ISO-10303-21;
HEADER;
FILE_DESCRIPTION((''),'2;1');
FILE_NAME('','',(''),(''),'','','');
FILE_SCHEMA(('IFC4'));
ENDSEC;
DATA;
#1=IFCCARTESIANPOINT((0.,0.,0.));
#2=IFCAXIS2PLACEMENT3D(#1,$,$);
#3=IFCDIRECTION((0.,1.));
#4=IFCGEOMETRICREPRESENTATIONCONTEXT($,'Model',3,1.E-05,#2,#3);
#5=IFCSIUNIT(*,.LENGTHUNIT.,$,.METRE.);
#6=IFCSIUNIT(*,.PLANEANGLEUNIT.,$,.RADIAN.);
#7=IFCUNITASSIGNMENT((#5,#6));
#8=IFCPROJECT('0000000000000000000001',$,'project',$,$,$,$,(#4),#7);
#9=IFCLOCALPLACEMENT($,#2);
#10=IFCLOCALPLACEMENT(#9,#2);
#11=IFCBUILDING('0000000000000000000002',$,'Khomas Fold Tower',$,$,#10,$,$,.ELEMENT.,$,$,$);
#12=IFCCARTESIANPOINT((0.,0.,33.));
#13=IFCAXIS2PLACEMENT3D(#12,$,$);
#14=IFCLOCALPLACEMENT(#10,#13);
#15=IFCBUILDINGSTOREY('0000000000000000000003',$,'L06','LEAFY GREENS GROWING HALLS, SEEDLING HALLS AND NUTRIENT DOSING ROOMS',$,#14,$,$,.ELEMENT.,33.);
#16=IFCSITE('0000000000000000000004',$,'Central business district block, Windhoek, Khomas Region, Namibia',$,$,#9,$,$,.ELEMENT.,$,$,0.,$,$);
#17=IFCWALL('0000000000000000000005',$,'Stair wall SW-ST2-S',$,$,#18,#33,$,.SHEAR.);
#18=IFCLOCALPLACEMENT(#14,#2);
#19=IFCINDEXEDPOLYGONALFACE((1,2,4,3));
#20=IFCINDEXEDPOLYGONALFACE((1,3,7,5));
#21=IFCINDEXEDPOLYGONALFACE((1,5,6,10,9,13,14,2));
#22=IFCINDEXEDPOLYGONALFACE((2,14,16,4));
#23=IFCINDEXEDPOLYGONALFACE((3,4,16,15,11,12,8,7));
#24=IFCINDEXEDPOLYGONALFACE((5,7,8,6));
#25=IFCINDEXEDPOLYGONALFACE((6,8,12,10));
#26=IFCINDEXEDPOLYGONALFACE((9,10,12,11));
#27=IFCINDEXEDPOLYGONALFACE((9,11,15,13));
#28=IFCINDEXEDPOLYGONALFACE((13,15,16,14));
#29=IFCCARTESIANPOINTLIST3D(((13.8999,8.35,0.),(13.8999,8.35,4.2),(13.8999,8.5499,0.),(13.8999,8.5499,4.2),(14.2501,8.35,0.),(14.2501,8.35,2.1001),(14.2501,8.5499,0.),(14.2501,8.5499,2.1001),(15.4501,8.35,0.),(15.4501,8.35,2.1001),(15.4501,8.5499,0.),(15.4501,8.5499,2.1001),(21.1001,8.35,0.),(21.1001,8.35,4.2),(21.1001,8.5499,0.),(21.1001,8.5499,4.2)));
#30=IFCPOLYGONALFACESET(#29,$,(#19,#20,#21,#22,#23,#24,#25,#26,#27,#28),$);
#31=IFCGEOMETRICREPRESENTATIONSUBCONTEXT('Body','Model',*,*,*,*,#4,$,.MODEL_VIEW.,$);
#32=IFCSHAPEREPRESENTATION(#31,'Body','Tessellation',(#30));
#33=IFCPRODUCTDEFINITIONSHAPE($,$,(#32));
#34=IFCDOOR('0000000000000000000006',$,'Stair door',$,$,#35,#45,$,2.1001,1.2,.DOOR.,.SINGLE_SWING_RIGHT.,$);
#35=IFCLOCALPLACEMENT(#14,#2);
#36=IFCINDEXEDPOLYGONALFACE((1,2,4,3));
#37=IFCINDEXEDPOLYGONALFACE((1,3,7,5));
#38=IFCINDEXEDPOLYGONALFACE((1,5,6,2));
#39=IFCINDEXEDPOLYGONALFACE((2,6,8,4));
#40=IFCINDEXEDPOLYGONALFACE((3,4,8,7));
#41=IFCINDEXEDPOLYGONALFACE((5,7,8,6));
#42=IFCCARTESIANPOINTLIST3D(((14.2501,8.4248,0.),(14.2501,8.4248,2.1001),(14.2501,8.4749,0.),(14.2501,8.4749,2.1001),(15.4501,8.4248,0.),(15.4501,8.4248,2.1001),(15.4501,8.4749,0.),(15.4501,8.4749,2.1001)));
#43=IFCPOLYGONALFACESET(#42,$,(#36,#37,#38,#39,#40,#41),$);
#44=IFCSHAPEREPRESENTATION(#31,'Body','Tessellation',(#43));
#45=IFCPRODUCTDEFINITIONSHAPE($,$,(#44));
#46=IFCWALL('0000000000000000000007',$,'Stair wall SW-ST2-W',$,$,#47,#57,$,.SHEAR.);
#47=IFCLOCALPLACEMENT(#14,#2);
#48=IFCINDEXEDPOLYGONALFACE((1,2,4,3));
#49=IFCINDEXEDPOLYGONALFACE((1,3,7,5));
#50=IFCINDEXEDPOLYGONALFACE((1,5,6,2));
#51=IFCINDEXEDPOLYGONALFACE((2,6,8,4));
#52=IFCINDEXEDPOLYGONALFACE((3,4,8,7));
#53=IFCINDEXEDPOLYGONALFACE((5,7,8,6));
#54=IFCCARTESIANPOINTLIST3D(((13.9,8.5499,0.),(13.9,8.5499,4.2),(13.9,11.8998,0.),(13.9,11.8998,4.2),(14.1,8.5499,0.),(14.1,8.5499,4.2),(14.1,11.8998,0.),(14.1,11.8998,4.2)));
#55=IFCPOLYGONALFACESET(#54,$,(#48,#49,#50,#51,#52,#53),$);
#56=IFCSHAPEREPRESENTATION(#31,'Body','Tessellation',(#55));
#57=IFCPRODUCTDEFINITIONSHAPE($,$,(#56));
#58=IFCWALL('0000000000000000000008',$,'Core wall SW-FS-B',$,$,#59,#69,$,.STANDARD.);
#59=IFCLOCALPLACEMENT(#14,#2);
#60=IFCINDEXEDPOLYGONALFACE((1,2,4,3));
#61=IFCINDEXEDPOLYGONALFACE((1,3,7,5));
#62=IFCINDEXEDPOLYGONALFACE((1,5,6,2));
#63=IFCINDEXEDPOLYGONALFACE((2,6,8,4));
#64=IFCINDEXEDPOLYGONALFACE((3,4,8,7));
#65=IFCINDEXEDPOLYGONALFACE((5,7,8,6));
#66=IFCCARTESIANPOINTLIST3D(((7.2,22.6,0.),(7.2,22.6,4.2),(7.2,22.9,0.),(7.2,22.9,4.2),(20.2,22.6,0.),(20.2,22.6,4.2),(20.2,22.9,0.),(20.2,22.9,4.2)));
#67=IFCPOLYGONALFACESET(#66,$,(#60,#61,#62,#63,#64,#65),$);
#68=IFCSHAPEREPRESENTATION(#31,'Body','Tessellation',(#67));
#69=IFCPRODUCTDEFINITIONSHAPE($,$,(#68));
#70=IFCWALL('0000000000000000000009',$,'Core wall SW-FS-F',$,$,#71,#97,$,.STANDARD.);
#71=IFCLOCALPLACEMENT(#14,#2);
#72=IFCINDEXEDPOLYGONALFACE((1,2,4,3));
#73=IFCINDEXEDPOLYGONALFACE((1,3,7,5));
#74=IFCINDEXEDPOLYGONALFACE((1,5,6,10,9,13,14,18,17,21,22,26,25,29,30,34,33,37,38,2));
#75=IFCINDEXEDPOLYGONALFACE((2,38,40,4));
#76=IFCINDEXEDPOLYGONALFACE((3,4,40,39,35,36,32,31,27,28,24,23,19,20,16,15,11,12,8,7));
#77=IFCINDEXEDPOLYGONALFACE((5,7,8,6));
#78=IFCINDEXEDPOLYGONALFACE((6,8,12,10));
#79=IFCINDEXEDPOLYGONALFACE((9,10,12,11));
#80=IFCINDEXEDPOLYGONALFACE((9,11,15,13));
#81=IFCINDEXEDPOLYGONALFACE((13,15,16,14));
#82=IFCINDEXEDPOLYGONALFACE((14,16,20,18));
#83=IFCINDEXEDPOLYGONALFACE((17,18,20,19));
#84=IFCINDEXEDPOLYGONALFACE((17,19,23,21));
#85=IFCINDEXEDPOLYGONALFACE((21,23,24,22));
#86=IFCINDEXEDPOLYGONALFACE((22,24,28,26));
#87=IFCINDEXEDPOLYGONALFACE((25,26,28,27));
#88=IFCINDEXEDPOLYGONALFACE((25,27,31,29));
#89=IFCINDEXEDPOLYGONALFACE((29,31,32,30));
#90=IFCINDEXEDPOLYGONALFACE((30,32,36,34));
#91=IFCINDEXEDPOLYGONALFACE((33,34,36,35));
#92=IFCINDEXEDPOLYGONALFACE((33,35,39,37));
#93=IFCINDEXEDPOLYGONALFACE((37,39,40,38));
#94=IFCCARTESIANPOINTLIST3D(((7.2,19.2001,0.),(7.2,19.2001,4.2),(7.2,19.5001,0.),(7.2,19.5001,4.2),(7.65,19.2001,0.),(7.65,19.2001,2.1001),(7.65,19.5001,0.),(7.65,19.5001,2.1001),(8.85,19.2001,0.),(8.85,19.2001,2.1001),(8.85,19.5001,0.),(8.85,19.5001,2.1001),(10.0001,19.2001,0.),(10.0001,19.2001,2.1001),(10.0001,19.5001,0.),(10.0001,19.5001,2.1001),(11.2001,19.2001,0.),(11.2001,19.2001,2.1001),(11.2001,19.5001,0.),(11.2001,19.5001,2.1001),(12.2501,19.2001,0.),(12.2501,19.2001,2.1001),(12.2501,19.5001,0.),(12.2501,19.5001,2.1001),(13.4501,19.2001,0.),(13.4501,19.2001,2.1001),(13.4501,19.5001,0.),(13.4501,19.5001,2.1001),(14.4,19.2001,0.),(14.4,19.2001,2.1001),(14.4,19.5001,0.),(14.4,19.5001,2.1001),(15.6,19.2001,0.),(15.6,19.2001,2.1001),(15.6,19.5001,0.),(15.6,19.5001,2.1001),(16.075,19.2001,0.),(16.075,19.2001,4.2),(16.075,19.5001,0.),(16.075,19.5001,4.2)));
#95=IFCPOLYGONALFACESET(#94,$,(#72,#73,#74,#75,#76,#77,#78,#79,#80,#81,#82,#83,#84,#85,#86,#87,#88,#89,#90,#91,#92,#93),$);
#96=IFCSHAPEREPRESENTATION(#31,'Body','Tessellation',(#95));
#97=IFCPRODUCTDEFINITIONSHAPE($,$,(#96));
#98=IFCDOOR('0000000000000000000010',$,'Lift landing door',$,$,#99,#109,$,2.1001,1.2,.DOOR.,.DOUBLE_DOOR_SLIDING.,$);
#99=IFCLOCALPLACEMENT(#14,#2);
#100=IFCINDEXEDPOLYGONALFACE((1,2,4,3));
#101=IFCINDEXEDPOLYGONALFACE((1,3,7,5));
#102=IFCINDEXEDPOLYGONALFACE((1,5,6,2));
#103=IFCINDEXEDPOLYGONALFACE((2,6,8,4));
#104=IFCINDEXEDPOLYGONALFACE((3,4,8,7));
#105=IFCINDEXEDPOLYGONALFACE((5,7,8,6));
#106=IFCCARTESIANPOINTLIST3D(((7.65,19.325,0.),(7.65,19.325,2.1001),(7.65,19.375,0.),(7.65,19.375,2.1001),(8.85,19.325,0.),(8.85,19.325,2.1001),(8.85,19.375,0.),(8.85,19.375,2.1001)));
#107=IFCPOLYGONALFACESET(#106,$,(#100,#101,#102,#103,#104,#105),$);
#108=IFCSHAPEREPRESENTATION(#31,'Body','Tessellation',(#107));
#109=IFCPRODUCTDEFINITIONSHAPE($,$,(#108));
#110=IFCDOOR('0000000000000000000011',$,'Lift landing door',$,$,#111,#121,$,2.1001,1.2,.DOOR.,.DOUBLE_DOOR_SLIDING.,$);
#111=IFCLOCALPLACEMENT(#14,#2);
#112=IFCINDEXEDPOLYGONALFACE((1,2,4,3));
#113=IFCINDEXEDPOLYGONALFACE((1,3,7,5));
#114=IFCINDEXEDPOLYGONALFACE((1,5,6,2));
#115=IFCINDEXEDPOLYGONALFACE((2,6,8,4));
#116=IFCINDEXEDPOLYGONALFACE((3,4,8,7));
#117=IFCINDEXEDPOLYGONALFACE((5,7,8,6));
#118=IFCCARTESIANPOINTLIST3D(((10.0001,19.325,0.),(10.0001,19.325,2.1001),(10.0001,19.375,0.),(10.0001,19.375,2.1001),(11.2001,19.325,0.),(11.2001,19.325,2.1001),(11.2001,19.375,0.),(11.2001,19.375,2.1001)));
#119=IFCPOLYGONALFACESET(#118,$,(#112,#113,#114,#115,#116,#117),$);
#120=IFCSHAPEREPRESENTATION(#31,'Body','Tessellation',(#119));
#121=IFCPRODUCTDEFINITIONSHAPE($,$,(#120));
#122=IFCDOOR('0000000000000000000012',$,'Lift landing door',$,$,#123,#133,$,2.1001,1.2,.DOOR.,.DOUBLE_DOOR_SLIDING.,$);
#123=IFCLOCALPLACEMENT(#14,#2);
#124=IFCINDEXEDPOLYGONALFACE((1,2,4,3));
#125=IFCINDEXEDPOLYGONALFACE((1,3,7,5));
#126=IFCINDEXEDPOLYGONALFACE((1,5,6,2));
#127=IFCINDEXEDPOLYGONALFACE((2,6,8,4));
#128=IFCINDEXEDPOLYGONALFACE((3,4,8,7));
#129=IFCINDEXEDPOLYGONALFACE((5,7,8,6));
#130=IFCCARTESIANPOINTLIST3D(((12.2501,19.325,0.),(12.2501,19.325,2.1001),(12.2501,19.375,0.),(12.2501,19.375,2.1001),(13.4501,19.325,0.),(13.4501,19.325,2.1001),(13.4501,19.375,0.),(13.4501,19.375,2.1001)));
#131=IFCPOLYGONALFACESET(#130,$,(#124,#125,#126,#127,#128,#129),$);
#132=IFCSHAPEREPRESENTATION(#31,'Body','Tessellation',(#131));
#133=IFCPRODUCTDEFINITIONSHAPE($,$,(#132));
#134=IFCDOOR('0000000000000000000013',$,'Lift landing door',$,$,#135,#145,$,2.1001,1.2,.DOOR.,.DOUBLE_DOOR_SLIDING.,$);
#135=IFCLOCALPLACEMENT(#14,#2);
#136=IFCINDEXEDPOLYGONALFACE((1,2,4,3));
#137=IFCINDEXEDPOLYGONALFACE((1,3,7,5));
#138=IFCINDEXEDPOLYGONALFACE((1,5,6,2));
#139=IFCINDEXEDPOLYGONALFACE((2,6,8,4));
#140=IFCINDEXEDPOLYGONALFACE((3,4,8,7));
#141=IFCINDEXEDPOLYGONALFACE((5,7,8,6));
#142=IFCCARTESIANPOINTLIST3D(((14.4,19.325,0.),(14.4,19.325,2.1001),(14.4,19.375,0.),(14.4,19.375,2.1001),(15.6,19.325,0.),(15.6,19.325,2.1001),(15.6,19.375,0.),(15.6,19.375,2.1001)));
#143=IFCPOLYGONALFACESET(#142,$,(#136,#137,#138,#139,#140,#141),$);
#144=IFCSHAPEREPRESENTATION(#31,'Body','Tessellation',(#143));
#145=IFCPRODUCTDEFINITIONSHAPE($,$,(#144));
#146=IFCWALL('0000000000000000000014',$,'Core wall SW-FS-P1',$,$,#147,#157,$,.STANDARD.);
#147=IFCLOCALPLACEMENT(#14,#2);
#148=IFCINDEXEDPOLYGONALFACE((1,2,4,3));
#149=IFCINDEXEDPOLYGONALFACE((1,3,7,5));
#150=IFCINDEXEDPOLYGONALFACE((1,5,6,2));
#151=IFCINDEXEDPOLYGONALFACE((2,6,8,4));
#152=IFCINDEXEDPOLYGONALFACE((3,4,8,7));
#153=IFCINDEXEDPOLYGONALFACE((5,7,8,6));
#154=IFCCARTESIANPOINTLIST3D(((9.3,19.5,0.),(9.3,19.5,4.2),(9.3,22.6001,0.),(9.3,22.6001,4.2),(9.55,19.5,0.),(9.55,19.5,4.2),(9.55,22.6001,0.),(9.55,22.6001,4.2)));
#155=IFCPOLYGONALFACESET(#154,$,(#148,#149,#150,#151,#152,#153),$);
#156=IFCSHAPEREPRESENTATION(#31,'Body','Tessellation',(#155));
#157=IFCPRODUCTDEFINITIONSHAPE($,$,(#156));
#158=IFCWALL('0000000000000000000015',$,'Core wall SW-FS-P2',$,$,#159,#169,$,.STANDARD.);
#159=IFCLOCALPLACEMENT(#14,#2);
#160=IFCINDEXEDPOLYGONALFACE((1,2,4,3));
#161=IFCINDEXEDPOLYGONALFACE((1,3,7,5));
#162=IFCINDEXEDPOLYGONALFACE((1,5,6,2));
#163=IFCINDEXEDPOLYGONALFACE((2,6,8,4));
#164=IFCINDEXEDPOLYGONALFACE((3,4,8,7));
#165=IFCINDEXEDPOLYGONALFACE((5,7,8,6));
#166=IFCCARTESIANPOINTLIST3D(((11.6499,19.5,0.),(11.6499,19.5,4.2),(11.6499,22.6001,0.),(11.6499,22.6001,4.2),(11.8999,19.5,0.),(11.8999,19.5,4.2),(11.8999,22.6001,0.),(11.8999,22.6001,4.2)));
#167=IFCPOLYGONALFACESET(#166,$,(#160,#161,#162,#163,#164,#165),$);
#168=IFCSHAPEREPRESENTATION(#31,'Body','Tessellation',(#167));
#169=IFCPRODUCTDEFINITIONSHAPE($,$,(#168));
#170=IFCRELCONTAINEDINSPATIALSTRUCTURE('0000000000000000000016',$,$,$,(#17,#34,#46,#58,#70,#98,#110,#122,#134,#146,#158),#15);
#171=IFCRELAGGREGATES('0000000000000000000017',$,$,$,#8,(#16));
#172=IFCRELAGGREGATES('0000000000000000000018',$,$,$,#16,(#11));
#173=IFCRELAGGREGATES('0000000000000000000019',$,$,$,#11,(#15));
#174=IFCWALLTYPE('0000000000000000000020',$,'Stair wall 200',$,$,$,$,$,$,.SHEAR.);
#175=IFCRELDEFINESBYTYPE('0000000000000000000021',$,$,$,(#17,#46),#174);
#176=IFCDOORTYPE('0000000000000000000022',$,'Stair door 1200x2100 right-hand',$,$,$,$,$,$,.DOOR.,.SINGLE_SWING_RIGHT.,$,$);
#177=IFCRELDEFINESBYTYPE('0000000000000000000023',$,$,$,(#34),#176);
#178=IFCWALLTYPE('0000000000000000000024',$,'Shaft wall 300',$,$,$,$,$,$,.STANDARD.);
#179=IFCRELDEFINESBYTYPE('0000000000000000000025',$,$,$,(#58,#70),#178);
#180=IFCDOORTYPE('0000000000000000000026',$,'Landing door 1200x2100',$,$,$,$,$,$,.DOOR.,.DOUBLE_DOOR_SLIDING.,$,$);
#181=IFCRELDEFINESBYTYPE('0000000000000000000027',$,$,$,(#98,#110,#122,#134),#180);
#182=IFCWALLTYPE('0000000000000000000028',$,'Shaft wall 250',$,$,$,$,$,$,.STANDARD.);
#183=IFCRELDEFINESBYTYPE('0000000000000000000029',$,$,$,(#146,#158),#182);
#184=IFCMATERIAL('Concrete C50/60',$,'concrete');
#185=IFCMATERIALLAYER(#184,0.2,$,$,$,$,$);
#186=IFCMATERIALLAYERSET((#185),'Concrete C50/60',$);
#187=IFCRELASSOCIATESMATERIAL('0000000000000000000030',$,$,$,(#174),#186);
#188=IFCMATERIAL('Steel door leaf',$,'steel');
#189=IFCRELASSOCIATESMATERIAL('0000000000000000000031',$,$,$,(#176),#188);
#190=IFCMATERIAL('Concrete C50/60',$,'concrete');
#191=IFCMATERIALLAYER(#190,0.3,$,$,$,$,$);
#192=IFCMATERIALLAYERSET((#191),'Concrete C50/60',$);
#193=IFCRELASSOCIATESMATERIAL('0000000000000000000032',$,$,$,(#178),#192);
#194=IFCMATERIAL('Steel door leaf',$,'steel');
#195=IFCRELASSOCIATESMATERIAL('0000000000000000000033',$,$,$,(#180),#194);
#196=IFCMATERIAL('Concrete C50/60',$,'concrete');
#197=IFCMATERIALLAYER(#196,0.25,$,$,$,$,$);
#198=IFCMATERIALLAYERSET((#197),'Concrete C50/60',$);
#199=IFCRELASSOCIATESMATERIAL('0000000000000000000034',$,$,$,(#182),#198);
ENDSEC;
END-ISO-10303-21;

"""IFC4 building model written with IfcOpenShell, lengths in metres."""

from ifc_helpers import new_model, si_unit, direction, frame, frame_2d, origin, place, context, subcontext, project, spatial, rectangle, extrude, source, transform, mapped, material, layer, layer_set, type_object, element, fill, save


model = new_model("IFC4")

# Units and contexts
model_context = context("Model", 3, precision=1e-05, world=origin(), true_north=direction((0.0, 1.0)))
body_context = subcontext(model_context, "Body", "Model", "MODEL_VIEW")
ifc_project = project(units=[si_unit("LENGTHUNIT", "METRE"), si_unit("PLANEANGLEUNIT", "RADIAN")], contexts=[model_context])

# Site, building, storey
site_placement = place(None, origin())
site = spatial("IfcSite", under=ifc_project, at=site_placement, Name="Central business district block, Windhoek, Khomas Region, Namibia", CompositionType="ELEMENT", RefElevation=0.0)
building_placement = place(site_placement, origin())
building = spatial("IfcBuilding", under=site, at=building_placement, Name="Khomas Fold Tower", CompositionType="ELEMENT")
storey_placement = place(building_placement, frame((0.0, 0.0, 33.0)))
storey = spatial("IfcBuildingStorey", under=building, at=storey_placement, Name="L06", Description="LEAFY GREENS GROWING HALLS, SEEDLING HALLS AND NUTRIENT DOSING ROOMS", CompositionType="ELEMENT", Elevation=33.0)

# Shared definitions
ifc_material_1 = material(Name="Concrete C50/60", Category="concrete")
ifc_layer_1 = layer(ifc_material_1, 0.2)
ifc_layer_set_1 = layer_set([ifc_layer_1], Name="Concrete C50/60")
wall_type_1 = type_object("IfcWallType", Name="Stair wall 200", PredefinedType="SHEAR", material=ifc_layer_set_1)

# Wall, opening, door
shared_shape_1 = source(origin(), body_context, "Body", "SweptSolid", [
    extrude(rectangle(XDim=7.2002, YDim=0.2, at=frame_2d((3.6001, 0.0))), origin(), (0.0, 0.0, 1.0), 4.2),
])
wall_1_placement = place(storey_placement, frame((13.8999, 8.45, 0.0), z_axis=(0.0, 0.0, 1.0), x_axis=(1.0, 0.0, 0.0)))
wall_1 = element("IfcWall", 1, at=wall_1_placement, inside=storey, type_object=wall_type_1, Name="Stair wall SW-ST2-S", PredefinedType="SHEAR", context=body_context, shape_type="MappedRepresentation", body=[
    mapped(shared_shape_1, transform((0.0, 0.0, 0.0))),
])
shared_shape_2 = source(origin(), body_context, "Body", "SweptSolid", [
    extrude(rectangle(XDim=1.2, YDim=2.1001, at=frame_2d((0.6001, 1.05))), frame((0.0, 0.1099, 0.0), z_axis=(0.0, -1.0, 0.0), x_axis=(1.0, 0.0, 0.0)), (0.0, 0.0, 1.0), 0.22),
])
opening_1_placement = place(wall_1_placement, frame((0.3501, 0.0, 0.0)))
opening_1 = element("IfcOpeningElement", 2, at=opening_1_placement, cuts=wall_1, PredefinedType="OPENING", context=body_context, shape_type="MappedRepresentation", body=[
    mapped(shared_shape_2, transform((0.0, 0.0, 0.0))),
])
ifc_material_2 = material(Name="Steel door leaf", Category="steel")
door_type_1 = type_object("IfcDoorType", Name="Stair door 1200x2100 right-hand", OperationType="SINGLE_SWING_RIGHT", PredefinedType="DOOR", material=ifc_material_2)
shared_shape_3 = source(origin(), body_context, "Body", "SweptSolid", [
    extrude(rectangle(XDim=1.2, YDim=2.1001, at=frame_2d((0.6001, 1.05))), frame((0.0, 0.0249, 0.0), z_axis=(0.0, -1.0, 0.0), x_axis=(1.0, 0.0, 0.0)), (0.0, 0.0, 1.0), 0.05),
])
door_1_placement = place(opening_1_placement, origin())
door_1 = element("IfcDoor", 3, at=door_1_placement, inside=storey, type_object=door_type_1, Name="Stair door", OperationType="SINGLE_SWING_RIGHT", OverallHeight=2.1001, OverallWidth=1.2, PredefinedType="DOOR", context=body_context, shape_type="MappedRepresentation", body=[
    mapped(shared_shape_3, transform((0.0, 0.0, 0.0))),
])
fill(opening_1, door_1)

# Walls
shared_shape_4 = source(origin(), body_context, "Body", "SweptSolid", [
    extrude(rectangle(XDim=3.3499, YDim=0.2, at=frame_2d((1.6748, 0.0))), origin(), (0.0, 0.0, 1.0), 4.2),
])
wall_2_placement = place(storey_placement, frame((14.0, 8.55, 0.0), z_axis=(0.0, 0.0, 1.0), x_axis=(0.0, 1.0, 0.0)))
element("IfcWall", 4, at=wall_2_placement, inside=storey, type_object=wall_type_1, Name="Stair wall SW-ST2-W", PredefinedType="SHEAR", context=body_context, shape_type="MappedRepresentation", body=[
    mapped(shared_shape_4, transform((0.0, 0.0, 0.0))),
])
ifc_material_3 = material(Name="Concrete C50/60", Category="concrete")
ifc_layer_2 = layer(ifc_material_3, 0.3)
ifc_layer_set_2 = layer_set([ifc_layer_2], Name="Concrete C50/60")
wall_type_2 = type_object("IfcWallType", Name="Shaft wall 300", PredefinedType="STANDARD", material=ifc_layer_set_2)
shared_shape_5 = source(origin(), body_context, "Body", "SweptSolid", [
    extrude(rectangle(XDim=13.0, YDim=0.3, at=frame_2d((6.5, 0.0))), origin(), (0.0, 0.0, 1.0), 4.2),
])
wall_3_placement = place(storey_placement, frame((7.2, 22.75, 0.0), z_axis=(0.0, 0.0, 1.0), x_axis=(1.0, 0.0, 0.0)))
element("IfcWall", 5, at=wall_3_placement, inside=storey, type_object=wall_type_2, Name="Core wall SW-FS-B", PredefinedType="STANDARD", context=body_context, shape_type="MappedRepresentation", body=[
    mapped(shared_shape_5, transform((0.0, 0.0, 0.0))),
])

# Wall, openings, doors
shared_shape_6 = source(origin(), body_context, "Body", "SweptSolid", [
    extrude(rectangle(XDim=8.875, YDim=0.3, at=frame_2d((4.4375, 0.0))), origin(), (0.0, 0.0, 1.0), 4.2),
])
wall_4_placement = place(storey_placement, frame((7.2, 19.3501, 0.0), z_axis=(0.0, 0.0, 1.0), x_axis=(1.0, 0.0, 0.0)))
wall_4 = element("IfcWall", 6, at=wall_4_placement, inside=storey, type_object=wall_type_2, Name="Core wall SW-FS-F", PredefinedType="STANDARD", context=body_context, shape_type="MappedRepresentation", body=[
    mapped(shared_shape_6, transform((0.0, 0.0, 0.0))),
])
shared_shape_7 = source(origin(), body_context, "Body", "SweptSolid", [
    extrude(rectangle(XDim=1.2, YDim=2.1001, at=frame_2d((0.6001, 1.05))), frame((0.0, 0.1599, 0.0), z_axis=(0.0, -1.0, 0.0), x_axis=(1.0, 0.0, 0.0)), (0.0, 0.0, 1.0), 0.3201),
])
opening_2_placement = place(wall_4_placement, frame((0.45, 0.0, 0.0)))
opening_2 = element("IfcOpeningElement", 7, at=opening_2_placement, cuts=wall_4, PredefinedType="OPENING", context=body_context, shape_type="MappedRepresentation", body=[
    mapped(shared_shape_7, transform((0.0, 0.0, 0.0))),
])
opening_3_placement = place(wall_4_placement, frame((2.8, 0.0, 0.0)))
opening_3 = element("IfcOpeningElement", 8, at=opening_3_placement, cuts=wall_4, PredefinedType="OPENING", context=body_context, shape_type="MappedRepresentation", body=[
    mapped(shared_shape_7, transform((0.0, 0.0, 0.0))),
])
opening_4_placement = place(wall_4_placement, frame((5.05, 0.0, 0.0)))
opening_4 = element("IfcOpeningElement", 9, at=opening_4_placement, cuts=wall_4, PredefinedType="OPENING", context=body_context, shape_type="MappedRepresentation", body=[
    mapped(shared_shape_7, transform((0.0, 0.0, 0.0))),
])
opening_5_placement = place(wall_4_placement, frame((7.2, 0.0, 0.0)))
opening_5 = element("IfcOpeningElement", 10, at=opening_5_placement, cuts=wall_4, PredefinedType="OPENING", context=body_context, shape_type="MappedRepresentation", body=[
    mapped(shared_shape_7, transform((0.0, 0.0, 0.0))),
])
ifc_material_4 = material(Name="Steel door leaf", Category="steel")
door_type_2 = type_object("IfcDoorType", Name="Landing door 1200x2100", OperationType="DOUBLE_DOOR_SLIDING", PredefinedType="DOOR", material=ifc_material_4)
door_2_placement = place(opening_2_placement, origin())
door_2 = element("IfcDoor", 11, at=door_2_placement, inside=storey, type_object=door_type_2, Name="Lift landing door", OperationType="DOUBLE_DOOR_SLIDING", OverallHeight=2.1001, OverallWidth=1.2, PredefinedType="DOOR", context=body_context, shape_type="MappedRepresentation", body=[
    mapped(shared_shape_3, transform((0.0, 0.0, 0.0))),
])
fill(opening_2, door_2)
door_3_placement = place(opening_3_placement, origin())
door_3 = element("IfcDoor", 12, at=door_3_placement, inside=storey, type_object=door_type_2, Name="Lift landing door", OperationType="DOUBLE_DOOR_SLIDING", OverallHeight=2.1001, OverallWidth=1.2, PredefinedType="DOOR", context=body_context, shape_type="MappedRepresentation", body=[
    mapped(shared_shape_3, transform((0.0, 0.0, 0.0))),
])
fill(opening_3, door_3)
door_4_placement = place(opening_4_placement, origin())
door_4 = element("IfcDoor", 13, at=door_4_placement, inside=storey, type_object=door_type_2, Name="Lift landing door", OperationType="DOUBLE_DOOR_SLIDING", OverallHeight=2.1001, OverallWidth=1.2, PredefinedType="DOOR", context=body_context, shape_type="MappedRepresentation", body=[
    mapped(shared_shape_3, transform((0.0, 0.0, 0.0))),
])
fill(opening_4, door_4)
door_5_placement = place(opening_5_placement, origin())
door_5 = element("IfcDoor", 14, at=door_5_placement, inside=storey, type_object=door_type_2, Name="Lift landing door", OperationType="DOUBLE_DOOR_SLIDING", OverallHeight=2.1001, OverallWidth=1.2, PredefinedType="DOOR", context=body_context, shape_type="MappedRepresentation", body=[
    mapped(shared_shape_3, transform((0.0, 0.0, 0.0))),
])
fill(opening_5, door_5)

# Walls
ifc_material_5 = material(Name="Concrete C50/60", Category="concrete")
ifc_layer_3 = layer(ifc_material_5, 0.25)
ifc_layer_set_3 = layer_set([ifc_layer_3], Name="Concrete C50/60")
wall_type_3 = type_object("IfcWallType", Name="Shaft wall 250", PredefinedType="STANDARD", material=ifc_layer_set_3)
shared_shape_8 = source(origin(), body_context, "Body", "SweptSolid", [
    extrude(rectangle(XDim=3.1001, YDim=0.25, at=frame_2d((1.55, 0.0))), origin(), (0.0, 0.0, 1.0), 4.2),
])
for number, where, z_axis, x_axis, name in (
    (15, (9.425, 19.5, 0.0), (0.0, 0.0, 1.0), (0.0, 1.0, 0.0), "Core wall SW-FS-P1"),
    (16, (11.7749, 19.5, 0.0), (0.0, 0.0, 1.0), (0.0, 1.0, 0.0), "Core wall SW-FS-P2"),
):
    element("IfcWall", number, at=place(storey_placement, frame(where, z_axis=z_axis, x_axis=x_axis)), inside=storey, type_object=wall_type_3, Name=name, PredefinedType="STANDARD", context=body_context, shape_type="MappedRepresentation", body=[
        mapped(shared_shape_8, transform((0.0, 0.0, 0.0))),
    ])

save(model, "model.ifc")
